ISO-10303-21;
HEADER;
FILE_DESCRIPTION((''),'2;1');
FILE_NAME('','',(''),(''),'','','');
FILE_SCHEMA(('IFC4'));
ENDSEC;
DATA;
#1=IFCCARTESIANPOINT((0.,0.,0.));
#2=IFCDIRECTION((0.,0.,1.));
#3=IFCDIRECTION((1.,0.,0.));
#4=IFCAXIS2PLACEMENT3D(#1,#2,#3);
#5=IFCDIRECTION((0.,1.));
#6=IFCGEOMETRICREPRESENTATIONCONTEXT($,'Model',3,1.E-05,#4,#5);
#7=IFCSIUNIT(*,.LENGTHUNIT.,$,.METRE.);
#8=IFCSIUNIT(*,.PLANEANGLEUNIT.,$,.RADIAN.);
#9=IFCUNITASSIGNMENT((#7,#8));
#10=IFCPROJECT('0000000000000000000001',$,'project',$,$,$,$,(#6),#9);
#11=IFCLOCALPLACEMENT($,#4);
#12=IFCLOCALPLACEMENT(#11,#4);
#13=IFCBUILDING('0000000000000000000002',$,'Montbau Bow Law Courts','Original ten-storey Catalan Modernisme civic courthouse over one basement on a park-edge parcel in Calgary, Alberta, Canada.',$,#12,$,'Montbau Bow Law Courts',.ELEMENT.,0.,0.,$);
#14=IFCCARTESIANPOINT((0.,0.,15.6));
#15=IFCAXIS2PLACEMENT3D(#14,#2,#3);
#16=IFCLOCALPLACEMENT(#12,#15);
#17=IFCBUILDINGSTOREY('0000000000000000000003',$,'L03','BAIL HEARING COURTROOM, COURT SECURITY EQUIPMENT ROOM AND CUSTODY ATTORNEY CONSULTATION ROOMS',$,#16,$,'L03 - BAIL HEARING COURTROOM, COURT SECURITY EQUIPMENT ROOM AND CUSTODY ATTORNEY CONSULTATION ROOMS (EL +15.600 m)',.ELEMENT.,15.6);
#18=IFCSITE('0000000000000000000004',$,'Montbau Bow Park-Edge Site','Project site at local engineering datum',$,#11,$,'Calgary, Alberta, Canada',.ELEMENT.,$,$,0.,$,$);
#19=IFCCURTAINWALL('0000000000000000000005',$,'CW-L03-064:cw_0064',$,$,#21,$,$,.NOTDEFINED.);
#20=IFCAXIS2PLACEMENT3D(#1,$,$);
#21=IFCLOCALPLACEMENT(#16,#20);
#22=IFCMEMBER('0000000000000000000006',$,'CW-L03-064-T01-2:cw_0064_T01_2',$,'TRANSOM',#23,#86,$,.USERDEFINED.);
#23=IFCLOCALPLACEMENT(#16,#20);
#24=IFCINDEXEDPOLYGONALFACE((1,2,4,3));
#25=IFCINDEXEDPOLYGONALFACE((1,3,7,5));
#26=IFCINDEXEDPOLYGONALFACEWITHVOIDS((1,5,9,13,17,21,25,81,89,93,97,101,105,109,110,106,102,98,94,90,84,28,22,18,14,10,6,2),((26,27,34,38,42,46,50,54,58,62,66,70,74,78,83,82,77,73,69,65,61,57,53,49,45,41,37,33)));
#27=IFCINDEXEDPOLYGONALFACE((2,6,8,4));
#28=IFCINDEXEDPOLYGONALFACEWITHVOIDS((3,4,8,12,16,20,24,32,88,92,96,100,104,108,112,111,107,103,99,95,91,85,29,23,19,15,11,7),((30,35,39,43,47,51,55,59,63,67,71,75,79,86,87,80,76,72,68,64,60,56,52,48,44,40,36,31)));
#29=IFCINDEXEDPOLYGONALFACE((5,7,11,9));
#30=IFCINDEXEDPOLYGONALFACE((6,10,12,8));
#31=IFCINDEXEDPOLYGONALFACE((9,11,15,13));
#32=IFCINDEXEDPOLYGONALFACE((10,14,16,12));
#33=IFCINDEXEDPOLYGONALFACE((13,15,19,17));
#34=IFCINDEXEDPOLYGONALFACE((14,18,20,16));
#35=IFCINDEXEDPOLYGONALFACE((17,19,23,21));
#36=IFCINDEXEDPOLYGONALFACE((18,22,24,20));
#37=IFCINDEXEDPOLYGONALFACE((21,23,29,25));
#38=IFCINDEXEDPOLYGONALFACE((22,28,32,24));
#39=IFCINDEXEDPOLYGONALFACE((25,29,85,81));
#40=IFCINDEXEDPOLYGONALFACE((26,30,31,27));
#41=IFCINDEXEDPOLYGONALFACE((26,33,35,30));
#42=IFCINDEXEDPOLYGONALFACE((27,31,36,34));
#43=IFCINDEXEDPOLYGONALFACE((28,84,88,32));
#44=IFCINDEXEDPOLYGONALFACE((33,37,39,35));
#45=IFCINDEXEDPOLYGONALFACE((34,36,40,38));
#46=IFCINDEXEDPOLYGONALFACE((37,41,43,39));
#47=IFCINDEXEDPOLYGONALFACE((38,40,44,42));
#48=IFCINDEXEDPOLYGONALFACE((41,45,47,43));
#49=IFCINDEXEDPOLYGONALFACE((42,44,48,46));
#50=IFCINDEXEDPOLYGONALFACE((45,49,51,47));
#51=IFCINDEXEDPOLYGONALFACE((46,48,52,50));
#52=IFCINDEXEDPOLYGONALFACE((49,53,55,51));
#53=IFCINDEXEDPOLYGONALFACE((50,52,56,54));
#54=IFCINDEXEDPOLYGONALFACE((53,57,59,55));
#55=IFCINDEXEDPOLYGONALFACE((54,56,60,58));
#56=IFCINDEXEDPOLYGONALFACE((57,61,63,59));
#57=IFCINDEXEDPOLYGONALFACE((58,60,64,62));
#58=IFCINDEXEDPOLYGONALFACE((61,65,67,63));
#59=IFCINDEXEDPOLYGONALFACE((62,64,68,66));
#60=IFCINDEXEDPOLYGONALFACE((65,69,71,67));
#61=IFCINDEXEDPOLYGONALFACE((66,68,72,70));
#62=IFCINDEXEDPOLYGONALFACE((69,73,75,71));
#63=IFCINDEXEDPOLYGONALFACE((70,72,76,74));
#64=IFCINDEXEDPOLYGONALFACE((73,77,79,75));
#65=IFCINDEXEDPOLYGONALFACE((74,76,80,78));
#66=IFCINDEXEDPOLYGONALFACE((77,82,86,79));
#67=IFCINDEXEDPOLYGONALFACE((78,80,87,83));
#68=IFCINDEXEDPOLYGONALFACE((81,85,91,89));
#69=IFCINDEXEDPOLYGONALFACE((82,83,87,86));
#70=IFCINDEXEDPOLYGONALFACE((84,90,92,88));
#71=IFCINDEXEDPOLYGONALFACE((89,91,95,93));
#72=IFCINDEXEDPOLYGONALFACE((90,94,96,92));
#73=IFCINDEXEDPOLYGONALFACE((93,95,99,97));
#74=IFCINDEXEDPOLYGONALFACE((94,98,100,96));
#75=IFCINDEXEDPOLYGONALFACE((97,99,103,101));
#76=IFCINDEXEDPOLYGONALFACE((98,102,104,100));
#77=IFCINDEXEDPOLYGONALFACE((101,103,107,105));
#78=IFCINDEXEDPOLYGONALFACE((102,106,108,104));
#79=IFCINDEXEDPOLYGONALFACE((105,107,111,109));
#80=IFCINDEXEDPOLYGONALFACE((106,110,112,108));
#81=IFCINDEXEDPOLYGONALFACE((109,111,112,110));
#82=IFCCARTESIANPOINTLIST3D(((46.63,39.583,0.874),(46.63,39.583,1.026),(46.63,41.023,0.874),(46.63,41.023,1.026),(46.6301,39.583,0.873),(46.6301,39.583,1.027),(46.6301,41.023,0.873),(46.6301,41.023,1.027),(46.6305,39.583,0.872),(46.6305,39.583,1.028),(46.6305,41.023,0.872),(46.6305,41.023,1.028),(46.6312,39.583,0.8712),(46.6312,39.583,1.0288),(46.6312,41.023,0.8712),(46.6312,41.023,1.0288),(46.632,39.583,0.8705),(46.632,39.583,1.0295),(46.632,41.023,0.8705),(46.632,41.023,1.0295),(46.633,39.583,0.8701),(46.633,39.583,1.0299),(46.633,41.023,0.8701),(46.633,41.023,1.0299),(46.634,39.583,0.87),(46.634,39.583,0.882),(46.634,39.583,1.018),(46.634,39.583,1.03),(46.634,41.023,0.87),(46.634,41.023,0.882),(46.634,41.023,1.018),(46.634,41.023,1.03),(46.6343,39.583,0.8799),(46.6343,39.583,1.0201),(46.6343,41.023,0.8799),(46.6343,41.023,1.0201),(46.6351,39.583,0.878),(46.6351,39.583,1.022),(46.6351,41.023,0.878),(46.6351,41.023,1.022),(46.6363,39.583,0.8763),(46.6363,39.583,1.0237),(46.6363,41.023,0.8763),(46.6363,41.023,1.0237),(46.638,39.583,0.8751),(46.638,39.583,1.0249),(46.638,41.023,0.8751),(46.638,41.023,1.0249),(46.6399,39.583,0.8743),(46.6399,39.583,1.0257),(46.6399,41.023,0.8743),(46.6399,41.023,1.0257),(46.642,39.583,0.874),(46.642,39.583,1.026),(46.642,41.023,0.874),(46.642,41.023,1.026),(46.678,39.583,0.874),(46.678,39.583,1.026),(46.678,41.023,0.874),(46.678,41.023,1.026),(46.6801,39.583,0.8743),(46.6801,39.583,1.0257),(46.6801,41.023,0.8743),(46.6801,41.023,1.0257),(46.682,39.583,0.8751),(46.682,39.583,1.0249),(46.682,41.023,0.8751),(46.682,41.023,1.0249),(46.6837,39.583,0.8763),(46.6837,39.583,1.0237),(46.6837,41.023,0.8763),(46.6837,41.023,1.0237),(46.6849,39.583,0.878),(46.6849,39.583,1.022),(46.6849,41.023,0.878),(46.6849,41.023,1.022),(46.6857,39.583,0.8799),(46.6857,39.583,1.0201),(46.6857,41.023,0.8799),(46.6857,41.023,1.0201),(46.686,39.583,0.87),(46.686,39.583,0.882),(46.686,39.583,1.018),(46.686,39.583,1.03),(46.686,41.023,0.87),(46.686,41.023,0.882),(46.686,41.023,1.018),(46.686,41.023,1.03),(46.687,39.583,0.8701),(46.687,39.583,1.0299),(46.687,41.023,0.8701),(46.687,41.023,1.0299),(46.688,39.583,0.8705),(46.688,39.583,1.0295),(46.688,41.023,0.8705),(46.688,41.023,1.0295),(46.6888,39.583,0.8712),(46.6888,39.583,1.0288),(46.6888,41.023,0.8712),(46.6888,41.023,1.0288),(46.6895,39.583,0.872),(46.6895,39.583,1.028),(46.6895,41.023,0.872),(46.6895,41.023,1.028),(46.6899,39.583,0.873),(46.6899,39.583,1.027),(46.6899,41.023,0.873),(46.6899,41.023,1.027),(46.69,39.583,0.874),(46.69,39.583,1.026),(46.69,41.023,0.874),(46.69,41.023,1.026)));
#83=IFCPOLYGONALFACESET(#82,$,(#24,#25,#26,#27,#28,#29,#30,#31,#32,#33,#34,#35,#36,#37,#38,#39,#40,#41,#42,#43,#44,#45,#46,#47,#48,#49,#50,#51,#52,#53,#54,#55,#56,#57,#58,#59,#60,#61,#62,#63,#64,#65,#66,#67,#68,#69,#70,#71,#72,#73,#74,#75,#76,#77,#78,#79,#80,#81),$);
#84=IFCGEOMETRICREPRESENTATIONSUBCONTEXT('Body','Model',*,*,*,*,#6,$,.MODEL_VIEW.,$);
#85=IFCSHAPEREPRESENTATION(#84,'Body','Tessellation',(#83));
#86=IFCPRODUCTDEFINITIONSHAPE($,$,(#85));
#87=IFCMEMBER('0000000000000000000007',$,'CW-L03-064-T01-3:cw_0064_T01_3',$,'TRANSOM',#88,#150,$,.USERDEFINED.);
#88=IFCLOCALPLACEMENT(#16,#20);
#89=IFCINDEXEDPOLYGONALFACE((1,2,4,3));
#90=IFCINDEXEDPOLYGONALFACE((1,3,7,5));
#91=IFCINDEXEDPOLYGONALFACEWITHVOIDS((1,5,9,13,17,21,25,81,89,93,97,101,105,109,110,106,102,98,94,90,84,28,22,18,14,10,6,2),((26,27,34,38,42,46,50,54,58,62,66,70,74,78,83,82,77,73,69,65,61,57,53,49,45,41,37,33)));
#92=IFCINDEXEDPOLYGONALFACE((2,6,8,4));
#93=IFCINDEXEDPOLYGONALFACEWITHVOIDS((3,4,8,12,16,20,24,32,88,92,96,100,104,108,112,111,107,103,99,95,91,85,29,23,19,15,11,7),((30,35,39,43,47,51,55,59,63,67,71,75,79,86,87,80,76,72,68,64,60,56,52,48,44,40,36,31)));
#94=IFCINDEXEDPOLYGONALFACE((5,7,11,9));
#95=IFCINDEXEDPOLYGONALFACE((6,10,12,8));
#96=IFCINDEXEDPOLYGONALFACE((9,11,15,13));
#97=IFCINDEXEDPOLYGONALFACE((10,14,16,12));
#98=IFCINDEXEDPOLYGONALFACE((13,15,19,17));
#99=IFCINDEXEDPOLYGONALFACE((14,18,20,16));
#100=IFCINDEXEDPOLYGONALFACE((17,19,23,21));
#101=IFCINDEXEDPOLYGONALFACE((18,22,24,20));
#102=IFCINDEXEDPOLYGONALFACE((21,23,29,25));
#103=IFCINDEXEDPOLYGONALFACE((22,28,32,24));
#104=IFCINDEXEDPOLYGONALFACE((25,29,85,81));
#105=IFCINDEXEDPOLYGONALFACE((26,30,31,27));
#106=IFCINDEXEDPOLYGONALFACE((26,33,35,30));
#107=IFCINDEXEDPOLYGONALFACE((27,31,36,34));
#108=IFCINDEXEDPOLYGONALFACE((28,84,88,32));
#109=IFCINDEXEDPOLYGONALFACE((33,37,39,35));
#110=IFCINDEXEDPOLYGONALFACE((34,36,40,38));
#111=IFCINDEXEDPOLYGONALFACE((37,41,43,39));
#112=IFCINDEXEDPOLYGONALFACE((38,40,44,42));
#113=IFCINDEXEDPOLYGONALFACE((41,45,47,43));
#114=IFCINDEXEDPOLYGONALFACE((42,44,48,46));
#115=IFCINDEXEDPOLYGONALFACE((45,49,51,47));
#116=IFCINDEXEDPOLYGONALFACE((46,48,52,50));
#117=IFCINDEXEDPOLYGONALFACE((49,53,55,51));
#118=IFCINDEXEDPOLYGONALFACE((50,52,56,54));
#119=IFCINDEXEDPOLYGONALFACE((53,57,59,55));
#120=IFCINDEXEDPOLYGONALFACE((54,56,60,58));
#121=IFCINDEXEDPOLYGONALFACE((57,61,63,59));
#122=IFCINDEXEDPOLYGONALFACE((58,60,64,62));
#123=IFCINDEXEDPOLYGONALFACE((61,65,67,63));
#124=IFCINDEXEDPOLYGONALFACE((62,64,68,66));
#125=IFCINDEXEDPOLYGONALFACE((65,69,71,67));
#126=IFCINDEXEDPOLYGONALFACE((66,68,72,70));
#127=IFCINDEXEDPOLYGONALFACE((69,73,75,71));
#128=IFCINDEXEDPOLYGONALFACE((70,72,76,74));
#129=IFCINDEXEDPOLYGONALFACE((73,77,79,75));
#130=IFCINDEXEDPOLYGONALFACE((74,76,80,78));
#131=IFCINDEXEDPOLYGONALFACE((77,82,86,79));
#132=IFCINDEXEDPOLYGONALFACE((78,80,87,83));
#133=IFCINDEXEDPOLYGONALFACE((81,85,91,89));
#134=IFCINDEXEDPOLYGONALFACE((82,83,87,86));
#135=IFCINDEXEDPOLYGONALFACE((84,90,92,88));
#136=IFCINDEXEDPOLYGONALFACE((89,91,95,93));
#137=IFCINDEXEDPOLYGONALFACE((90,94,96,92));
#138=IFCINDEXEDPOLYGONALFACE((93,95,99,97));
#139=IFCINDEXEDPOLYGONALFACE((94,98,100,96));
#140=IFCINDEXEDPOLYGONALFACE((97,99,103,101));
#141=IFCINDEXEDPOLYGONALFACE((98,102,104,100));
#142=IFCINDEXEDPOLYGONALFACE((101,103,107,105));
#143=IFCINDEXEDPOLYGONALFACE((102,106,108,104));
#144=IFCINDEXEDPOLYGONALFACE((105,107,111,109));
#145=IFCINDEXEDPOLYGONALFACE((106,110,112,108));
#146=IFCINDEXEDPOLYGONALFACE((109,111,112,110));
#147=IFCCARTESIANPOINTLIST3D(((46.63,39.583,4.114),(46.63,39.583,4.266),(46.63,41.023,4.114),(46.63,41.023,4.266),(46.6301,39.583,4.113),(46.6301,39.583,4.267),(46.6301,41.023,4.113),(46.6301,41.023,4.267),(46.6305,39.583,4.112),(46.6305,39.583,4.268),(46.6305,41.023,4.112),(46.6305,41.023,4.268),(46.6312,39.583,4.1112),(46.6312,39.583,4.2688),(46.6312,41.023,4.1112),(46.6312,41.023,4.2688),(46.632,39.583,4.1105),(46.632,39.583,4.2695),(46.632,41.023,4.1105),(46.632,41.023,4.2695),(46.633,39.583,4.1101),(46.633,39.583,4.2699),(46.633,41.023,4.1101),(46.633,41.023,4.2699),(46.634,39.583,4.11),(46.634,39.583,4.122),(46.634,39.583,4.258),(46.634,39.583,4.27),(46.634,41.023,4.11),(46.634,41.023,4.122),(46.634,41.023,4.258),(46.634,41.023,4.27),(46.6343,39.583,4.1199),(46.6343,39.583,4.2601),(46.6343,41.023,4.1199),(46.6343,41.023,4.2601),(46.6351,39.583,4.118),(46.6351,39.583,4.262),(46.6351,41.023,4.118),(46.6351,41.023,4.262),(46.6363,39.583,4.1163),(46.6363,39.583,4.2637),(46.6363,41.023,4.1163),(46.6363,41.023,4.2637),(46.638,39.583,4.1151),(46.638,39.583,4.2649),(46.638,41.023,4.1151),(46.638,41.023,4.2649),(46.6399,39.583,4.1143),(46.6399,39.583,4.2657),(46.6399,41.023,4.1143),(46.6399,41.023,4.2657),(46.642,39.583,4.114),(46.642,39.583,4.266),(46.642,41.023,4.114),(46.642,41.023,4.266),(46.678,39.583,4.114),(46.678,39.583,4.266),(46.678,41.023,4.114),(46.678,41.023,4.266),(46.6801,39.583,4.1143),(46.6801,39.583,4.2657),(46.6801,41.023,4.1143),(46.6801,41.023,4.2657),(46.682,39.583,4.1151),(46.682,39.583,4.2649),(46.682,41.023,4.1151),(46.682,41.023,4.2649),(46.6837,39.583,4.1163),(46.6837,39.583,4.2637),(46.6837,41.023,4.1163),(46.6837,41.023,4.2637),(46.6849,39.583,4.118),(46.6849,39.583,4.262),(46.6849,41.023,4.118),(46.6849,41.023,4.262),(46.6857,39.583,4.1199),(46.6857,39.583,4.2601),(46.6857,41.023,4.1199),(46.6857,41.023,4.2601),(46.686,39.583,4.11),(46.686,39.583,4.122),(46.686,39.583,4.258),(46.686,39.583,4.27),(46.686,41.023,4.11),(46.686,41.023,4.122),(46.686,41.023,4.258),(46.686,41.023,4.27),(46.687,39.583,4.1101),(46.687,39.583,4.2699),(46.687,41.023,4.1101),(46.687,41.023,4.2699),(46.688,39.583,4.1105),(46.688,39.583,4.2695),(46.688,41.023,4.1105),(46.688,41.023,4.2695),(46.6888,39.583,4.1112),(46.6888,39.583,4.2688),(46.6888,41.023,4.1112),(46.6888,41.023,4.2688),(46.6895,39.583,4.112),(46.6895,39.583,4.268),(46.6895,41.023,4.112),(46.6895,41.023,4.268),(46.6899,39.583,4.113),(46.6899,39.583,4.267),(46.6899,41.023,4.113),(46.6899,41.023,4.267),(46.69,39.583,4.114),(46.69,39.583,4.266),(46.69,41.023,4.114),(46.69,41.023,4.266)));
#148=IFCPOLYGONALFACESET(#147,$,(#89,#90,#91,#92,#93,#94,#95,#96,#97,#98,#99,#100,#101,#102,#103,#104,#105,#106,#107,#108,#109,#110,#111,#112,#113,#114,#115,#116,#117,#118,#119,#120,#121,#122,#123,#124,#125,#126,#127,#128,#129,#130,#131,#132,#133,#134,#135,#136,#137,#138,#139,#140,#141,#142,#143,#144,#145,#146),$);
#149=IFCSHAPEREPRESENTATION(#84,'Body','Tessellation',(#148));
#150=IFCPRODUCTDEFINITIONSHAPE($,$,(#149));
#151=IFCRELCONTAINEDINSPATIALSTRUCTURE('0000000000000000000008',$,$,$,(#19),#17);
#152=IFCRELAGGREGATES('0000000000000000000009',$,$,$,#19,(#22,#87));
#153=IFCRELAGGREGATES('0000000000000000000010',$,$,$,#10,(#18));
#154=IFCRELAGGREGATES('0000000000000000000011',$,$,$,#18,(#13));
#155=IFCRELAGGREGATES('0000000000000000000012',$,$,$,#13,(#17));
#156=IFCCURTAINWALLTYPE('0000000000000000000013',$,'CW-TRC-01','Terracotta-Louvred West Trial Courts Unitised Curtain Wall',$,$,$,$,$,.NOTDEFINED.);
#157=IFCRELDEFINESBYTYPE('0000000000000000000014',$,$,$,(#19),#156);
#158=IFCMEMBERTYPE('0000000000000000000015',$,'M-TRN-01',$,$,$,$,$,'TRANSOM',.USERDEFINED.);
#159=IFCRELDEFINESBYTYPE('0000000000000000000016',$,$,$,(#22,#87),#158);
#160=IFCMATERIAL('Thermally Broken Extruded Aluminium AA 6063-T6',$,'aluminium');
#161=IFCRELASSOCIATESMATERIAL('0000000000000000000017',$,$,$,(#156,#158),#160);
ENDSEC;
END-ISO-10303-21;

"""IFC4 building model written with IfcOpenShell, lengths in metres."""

from ifc_helpers import new_model, si_unit, direction, frame, origin_with_axes, origin_2d_with_axis, place, context, subcontext, project, spatial, hollow_rectangle, extrude, material, material_profile, profile_set, type_object, element, aggregate, save


model = new_model("IFC4")

# Units and contexts
model_context = context("Model", 3, precision=1e-05, world=origin_with_axes(), true_north=direction((0.0, 1.0)))
body_context = subcontext(model_context, "Body", "Model", "MODEL_VIEW")
ifc_project = project(units=[si_unit("LENGTHUNIT", "METRE"), si_unit("PLANEANGLEUNIT", "RADIAN")], contexts=[model_context])

# Site, building, storey
site_placement = place(None, origin_with_axes())
site = spatial("IfcSite", under=ifc_project, at=site_placement, Name="Montbau Bow Park-Edge Site", Description="Project site at local engineering datum", LongName="Calgary, Alberta, Canada", CompositionType="ELEMENT", RefElevation=0.0)
building_placement = place(site_placement, origin_with_axes())
building = spatial("IfcBuilding", under=site, at=building_placement, Name="Montbau Bow Law Courts", Description="Original ten-storey Catalan Modernisme civic courthouse over one basement on a park-edge parcel in Calgary, Alberta, Canada.", LongName="Montbau Bow Law Courts", CompositionType="ELEMENT", ElevationOfRefHeight=0.0, ElevationOfTerrain=0.0)
storey_placement = place(building_placement, frame((0.0, 0.0, 15.6), z_axis=(0.0, 0.0, 1.0), x_axis=(1.0, 0.0, 0.0)))
storey = spatial("IfcBuildingStorey", under=building, at=storey_placement, Name="L03", Description="BAIL HEARING COURTROOM, COURT SECURITY EQUIPMENT ROOM AND CUSTODY ATTORNEY CONSULTATION ROOMS", LongName="L03 - BAIL HEARING COURTROOM, COURT SECURITY EQUIPMENT ROOM AND CUSTODY ATTORNEY CONSULTATION ROOMS (EL +15.600 m)", CompositionType="ELEMENT", Elevation=15.6)

# Curtain wall, members
ifc_material_1 = material(Name="Thermally Broken Extruded Aluminium AA 6063-T6", Category="aluminium")
curtain_wall_type_1 = type_object("IfcCurtainWallType", Name="CW-TRC-01", Description="Terracotta-Louvred West Trial Courts Unitised Curtain Wall", PredefinedType="NOTDEFINED", material=ifc_material_1)
curtain_wall_1_placement = place(None, frame((46.66, 39.515, 15.6), z_axis=(0.0, 0.0, 1.0), x_axis=(1.0, 0.0, 0.0)))
curtain_wall_1 = element("IfcCurtainWall", 1, at=curtain_wall_1_placement, inside=storey, type_object=curtain_wall_type_1, Name="CW-L03-064:cw_0064", PredefinedType="NOTDEFINED")
ifc_material_profile_1 = material_profile(ifc_material_1, hollow_rectangle(XDim=0.06, YDim=0.16, WallThickness=0.004, InnerFilletRadius=0.008, OuterFilletRadius=0.004, at=origin_2d_with_axis()), Name="CWT-160X60", Category="Main", Priority=0)
ifc_profile_set_1 = profile_set([ifc_material_profile_1], Name="Thermally Broken Extruded Aluminium AA 6063-T6")
member_type_1 = type_object("IfcMemberType", Name="M-TRN-01", ElementType="TRANSOM", PredefinedType="USERDEFINED", material=ifc_profile_set_1)
member_1_placement = place(None, frame((46.66, 39.583, 16.55), z_axis=(0.0, 1.0, 0.0), x_axis=(-1.0, 0.0, 0.0)))
member_1 = element("IfcMember", 2, at=member_1_placement, type_object=member_type_1, Name="CW-L03-064-T01-2:cw_0064_T01_2", ObjectType="TRANSOM", PredefinedType="USERDEFINED", context=body_context, shape_type="SweptSolid", body=[
    extrude(hollow_rectangle(XDim=0.06, YDim=0.16, WallThickness=0.004, InnerFilletRadius=0.008, OuterFilletRadius=0.004, at=origin_2d_with_axis()), origin_with_axes(), (0.0, 0.0, 1.0), 1.44),
])
member_2_placement = place(None, frame((46.66, 39.583, 19.79), z_axis=(0.0, 1.0, 0.0), x_axis=(-1.0, 0.0, 0.0)))
member_2 = element("IfcMember", 3, at=member_2_placement, type_object=member_type_1, Name="CW-L03-064-T01-3:cw_0064_T01_3", ObjectType="TRANSOM", PredefinedType="USERDEFINED", context=body_context, shape_type="SweptSolid", body=[
    extrude(hollow_rectangle(XDim=0.06, YDim=0.16, WallThickness=0.004, InnerFilletRadius=0.008, OuterFilletRadius=0.004, at=origin_2d_with_axis()), origin_with_axes(), (0.0, 0.0, 1.0), 1.44),
])

aggregate(curtain_wall_1, [member_1, member_2])

save(model, "model.ifc")
